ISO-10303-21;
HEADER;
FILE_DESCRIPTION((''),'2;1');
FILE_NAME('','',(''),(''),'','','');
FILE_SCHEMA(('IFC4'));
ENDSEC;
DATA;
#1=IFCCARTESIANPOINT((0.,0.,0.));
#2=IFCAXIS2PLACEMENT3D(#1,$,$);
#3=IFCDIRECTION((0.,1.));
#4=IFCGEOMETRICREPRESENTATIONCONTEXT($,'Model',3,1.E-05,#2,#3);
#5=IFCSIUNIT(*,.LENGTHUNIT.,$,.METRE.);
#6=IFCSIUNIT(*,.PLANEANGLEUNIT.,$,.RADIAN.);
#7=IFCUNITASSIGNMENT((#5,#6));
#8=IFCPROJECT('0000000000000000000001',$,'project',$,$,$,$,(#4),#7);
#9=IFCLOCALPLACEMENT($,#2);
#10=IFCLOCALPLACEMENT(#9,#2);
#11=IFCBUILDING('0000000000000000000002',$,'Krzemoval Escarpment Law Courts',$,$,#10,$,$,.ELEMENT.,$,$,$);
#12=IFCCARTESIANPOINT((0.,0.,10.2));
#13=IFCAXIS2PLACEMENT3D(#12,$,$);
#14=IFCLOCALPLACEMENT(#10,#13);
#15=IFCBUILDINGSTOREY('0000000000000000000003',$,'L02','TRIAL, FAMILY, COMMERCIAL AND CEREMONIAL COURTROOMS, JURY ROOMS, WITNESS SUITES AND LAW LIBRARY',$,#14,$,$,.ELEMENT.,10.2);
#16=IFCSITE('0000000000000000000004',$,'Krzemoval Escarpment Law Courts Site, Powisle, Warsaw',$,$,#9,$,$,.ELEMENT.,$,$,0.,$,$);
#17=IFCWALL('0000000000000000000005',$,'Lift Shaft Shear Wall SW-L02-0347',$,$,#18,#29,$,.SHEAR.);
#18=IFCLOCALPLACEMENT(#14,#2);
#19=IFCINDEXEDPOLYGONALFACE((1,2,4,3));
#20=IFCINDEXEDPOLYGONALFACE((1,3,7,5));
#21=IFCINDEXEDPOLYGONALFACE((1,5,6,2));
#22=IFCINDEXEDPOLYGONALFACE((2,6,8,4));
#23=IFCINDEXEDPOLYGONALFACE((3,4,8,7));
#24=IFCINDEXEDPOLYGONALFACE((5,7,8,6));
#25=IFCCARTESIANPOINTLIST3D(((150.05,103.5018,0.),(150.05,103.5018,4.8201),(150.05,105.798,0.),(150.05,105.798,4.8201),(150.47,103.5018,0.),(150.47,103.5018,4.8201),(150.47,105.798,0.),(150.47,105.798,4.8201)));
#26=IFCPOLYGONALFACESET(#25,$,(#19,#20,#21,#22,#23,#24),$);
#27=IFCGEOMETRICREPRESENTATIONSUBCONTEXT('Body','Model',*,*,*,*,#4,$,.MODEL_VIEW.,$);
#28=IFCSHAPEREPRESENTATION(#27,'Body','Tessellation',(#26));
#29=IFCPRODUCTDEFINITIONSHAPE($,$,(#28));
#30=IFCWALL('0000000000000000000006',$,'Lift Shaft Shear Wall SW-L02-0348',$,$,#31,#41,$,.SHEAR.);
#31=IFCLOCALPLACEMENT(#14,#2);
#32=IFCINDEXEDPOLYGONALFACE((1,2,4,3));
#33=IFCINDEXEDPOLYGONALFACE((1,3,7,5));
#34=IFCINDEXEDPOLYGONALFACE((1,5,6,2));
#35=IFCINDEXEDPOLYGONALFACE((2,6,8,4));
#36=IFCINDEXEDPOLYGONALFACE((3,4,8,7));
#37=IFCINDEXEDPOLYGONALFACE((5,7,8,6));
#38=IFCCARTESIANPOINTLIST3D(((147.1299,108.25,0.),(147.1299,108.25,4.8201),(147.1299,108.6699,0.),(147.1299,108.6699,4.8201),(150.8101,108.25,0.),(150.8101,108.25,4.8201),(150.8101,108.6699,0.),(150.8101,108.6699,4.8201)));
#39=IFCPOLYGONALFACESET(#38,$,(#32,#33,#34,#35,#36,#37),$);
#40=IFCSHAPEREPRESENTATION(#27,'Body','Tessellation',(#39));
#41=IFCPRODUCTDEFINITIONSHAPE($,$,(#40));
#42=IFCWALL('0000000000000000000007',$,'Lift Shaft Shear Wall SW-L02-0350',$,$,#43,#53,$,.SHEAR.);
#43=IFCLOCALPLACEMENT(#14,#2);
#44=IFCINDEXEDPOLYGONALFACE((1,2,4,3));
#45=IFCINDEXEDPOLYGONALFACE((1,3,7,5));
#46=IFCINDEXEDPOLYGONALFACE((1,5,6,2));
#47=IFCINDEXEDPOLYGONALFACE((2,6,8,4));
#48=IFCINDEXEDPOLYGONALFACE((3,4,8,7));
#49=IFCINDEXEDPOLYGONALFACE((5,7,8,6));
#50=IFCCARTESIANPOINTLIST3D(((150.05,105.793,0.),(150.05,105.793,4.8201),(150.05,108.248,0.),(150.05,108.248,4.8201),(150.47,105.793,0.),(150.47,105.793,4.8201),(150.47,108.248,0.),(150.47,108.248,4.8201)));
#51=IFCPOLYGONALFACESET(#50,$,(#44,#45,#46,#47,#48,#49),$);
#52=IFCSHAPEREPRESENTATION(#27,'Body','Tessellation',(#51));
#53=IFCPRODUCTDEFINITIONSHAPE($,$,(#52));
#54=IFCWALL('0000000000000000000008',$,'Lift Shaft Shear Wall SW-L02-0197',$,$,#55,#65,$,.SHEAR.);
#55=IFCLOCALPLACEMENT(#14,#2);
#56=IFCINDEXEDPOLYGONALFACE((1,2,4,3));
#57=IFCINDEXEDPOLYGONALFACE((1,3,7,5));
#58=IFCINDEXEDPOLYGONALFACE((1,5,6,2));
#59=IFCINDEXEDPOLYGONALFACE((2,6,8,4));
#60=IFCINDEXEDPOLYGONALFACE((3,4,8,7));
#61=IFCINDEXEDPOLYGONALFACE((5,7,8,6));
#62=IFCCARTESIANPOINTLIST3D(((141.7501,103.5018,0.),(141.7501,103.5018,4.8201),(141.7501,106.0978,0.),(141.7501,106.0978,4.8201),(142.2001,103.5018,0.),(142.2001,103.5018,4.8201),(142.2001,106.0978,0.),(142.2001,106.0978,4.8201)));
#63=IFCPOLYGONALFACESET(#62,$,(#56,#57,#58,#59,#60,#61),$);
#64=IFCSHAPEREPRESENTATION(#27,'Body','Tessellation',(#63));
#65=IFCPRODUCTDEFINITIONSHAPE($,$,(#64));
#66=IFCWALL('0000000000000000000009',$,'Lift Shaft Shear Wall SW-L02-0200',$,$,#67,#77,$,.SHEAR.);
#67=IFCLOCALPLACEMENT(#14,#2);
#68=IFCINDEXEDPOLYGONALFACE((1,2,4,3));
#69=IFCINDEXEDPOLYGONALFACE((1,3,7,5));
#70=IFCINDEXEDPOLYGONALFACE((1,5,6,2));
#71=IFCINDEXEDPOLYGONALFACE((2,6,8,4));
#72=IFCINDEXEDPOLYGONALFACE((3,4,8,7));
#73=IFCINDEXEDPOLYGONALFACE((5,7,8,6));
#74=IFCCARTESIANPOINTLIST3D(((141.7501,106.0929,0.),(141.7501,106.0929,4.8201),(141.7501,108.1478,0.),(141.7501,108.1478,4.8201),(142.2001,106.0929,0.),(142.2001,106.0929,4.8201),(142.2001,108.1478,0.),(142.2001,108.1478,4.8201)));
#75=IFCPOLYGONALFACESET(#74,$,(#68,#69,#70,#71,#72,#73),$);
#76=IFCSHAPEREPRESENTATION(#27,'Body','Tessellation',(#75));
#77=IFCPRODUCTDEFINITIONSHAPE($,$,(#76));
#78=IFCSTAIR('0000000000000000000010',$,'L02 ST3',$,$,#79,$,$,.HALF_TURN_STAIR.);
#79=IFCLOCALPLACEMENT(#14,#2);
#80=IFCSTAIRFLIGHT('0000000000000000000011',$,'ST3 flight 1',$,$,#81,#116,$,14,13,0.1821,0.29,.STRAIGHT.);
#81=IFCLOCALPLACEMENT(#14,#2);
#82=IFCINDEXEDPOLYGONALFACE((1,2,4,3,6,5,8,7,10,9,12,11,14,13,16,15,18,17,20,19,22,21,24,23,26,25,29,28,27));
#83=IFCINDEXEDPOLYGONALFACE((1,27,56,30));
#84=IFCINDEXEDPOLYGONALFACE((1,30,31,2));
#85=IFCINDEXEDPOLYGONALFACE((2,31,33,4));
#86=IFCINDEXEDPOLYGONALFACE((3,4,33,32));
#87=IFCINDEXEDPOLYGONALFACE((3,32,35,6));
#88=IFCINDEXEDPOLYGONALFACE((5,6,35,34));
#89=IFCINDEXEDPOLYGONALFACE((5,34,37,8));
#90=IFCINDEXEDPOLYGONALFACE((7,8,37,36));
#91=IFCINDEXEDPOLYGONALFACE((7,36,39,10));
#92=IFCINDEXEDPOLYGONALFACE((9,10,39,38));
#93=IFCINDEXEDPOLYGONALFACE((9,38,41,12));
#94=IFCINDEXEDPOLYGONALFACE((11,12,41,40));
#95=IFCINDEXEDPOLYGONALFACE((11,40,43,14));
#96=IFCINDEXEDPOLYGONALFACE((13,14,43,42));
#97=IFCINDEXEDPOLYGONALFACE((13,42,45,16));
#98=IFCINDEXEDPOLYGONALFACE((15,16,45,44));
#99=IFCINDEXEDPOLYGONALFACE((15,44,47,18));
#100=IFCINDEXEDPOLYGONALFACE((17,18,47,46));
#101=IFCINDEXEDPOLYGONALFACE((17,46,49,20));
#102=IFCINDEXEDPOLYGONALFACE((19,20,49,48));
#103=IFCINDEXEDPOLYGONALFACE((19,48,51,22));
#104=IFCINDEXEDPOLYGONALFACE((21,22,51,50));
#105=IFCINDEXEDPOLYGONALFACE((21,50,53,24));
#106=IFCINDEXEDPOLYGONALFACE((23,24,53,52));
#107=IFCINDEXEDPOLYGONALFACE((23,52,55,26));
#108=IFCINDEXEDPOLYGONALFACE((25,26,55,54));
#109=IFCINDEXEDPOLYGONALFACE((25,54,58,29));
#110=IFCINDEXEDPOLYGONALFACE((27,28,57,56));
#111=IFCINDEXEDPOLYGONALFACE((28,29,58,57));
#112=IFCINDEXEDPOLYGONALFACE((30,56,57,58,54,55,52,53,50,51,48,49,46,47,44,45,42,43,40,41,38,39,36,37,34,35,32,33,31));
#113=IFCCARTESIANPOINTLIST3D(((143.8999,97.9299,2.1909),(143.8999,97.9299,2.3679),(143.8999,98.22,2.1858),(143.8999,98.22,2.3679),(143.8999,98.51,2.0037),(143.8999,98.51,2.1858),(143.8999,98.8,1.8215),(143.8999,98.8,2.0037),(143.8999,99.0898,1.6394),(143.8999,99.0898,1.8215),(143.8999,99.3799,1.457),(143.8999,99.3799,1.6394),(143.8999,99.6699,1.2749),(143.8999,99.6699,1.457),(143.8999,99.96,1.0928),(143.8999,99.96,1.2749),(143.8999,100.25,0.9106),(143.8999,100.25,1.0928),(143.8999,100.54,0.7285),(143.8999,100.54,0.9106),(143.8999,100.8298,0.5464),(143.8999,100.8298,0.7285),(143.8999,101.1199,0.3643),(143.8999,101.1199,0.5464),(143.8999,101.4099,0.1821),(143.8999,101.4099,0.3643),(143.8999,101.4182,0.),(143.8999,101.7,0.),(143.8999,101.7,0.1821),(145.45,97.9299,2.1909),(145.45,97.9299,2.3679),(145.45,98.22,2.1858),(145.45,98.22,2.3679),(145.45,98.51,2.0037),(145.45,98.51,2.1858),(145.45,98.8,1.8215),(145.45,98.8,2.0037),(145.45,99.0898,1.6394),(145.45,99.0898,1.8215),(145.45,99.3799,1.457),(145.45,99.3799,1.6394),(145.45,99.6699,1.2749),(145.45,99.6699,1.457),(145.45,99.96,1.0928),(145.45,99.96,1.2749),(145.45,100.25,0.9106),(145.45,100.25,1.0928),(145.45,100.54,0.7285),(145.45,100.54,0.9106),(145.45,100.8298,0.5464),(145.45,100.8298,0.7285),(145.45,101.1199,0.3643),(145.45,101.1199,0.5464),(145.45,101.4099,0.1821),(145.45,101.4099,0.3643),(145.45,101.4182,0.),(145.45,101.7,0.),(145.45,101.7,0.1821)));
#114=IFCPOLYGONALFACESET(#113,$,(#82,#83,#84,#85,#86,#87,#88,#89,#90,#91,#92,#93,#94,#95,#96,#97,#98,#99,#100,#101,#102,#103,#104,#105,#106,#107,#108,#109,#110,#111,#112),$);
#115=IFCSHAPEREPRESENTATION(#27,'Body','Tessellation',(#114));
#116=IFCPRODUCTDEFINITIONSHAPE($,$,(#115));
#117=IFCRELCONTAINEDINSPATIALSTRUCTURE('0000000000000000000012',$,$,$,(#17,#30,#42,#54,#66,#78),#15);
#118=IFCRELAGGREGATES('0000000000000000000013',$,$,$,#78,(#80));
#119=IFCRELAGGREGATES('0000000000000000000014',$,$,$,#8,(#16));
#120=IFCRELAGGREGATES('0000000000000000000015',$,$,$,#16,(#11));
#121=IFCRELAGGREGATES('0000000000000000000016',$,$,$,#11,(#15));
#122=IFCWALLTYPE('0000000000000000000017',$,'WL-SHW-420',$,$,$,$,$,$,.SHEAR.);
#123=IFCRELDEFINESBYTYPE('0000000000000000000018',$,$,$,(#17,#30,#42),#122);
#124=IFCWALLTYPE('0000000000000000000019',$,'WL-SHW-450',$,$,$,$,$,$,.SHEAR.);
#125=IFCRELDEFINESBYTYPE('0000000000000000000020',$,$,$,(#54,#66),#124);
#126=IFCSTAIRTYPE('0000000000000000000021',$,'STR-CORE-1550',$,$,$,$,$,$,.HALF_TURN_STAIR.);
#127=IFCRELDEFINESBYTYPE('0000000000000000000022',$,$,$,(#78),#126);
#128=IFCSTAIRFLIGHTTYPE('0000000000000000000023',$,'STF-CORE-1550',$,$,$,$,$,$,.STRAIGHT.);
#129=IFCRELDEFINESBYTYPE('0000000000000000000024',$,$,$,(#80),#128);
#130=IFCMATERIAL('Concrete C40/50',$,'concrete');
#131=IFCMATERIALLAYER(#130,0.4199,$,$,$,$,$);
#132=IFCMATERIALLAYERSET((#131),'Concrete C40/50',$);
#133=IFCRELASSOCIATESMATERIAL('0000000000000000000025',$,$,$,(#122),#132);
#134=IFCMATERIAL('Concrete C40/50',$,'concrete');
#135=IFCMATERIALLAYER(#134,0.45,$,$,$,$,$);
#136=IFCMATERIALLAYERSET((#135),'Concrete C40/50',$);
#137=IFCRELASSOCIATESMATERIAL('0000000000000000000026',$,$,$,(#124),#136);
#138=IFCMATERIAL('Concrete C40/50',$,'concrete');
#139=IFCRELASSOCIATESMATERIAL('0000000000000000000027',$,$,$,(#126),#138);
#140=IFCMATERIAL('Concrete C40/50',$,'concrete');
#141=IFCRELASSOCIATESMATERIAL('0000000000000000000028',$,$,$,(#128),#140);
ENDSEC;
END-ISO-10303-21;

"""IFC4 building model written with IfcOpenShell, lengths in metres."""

from ifc_helpers import new_model, si_unit, direction, frame, frame_2d, origin, place, context, subcontext, project, spatial, polyline, rectangle, outline, extrude, material, layer, layer_set, type_object, element, aggregate, save


model = new_model("IFC4")

# Units and contexts
model_context = context("Model", 3, precision=1e-05, world=origin(), true_north=direction((0.0, 1.0)))
body_context = subcontext(model_context, "Body", "Model", "MODEL_VIEW")
ifc_project = project(units=[si_unit("LENGTHUNIT", "METRE"), si_unit("PLANEANGLEUNIT", "RADIAN")], contexts=[model_context])

# Site, building, storey
site_placement = place(None, origin())
site = spatial("IfcSite", under=ifc_project, at=site_placement, Name="Krzemoval Escarpment Law Courts Site, Powisle, Warsaw", CompositionType="ELEMENT", RefElevation=0.0)
building_placement = place(site_placement, origin())
building = spatial("IfcBuilding", under=site, at=building_placement, Name="Krzemoval Escarpment Law Courts", CompositionType="ELEMENT")
storey_placement = place(building_placement, frame((0.0, 0.0, 10.2)))
storey = spatial("IfcBuildingStorey", under=building, at=storey_placement, Name="L02", Description="TRIAL, FAMILY, COMMERCIAL AND CEREMONIAL COURTROOMS, JURY ROOMS, WITNESS SUITES AND LAW LIBRARY", CompositionType="ELEMENT", Elevation=10.2)

# Shared definitions
ifc_material_1 = material(Name="Concrete C40/50", Category="concrete")
ifc_layer_1 = layer(ifc_material_1, 0.4199)
ifc_layer_set_1 = layer_set([ifc_layer_1], Name="Concrete C40/50")
wall_type_1 = type_object("IfcWallType", Name="WL-SHW-420", PredefinedType="SHEAR", material=ifc_layer_set_1)

# Walls
wall_1_placement = place(storey_placement, frame((150.26, 103.502, 0.0), z_axis=(0.0, 0.0, 1.0), x_axis=(0.0, 1.0, 0.0)))
element("IfcWall", 1, at=wall_1_placement, inside=storey, type_object=wall_type_1, Name="Lift Shaft Shear Wall SW-L02-0347", PredefinedType="SHEAR", context=body_context, shape_type="SweptSolid", body=[
    extrude(rectangle(XDim=2.2961, YDim=0.4199, at=frame_2d((1.1479, 0.0))), origin(), (0.0, 0.0, 1.0), 4.8201),
])
wall_2_placement = place(storey_placement, frame((147.1299, 108.46, 0.0), z_axis=(0.0, 0.0, 1.0), x_axis=(1.0, 0.0, 0.0)))
element("IfcWall", 2, at=wall_2_placement, inside=storey, type_object=wall_type_1, Name="Lift Shaft Shear Wall SW-L02-0348", PredefinedType="SHEAR", context=body_context, shape_type="SweptSolid", body=[
    extrude(rectangle(XDim=3.6802, YDim=0.4199, at=frame_2d((1.8401, 0.0))), origin(), (0.0, 0.0, 1.0), 4.8201),
])

# Walls
wall_3_placement = place(storey_placement, frame((150.26, 105.793, 0.0), z_axis=(0.0, 0.0, 1.0), x_axis=(0.0, 1.0, 0.0)))
element("IfcWall", 3, at=wall_3_placement, inside=storey, type_object=wall_type_1, Name="Lift Shaft Shear Wall SW-L02-0350", PredefinedType="SHEAR", context=body_context, shape_type="SweptSolid", body=[
    extrude(rectangle(XDim=2.4551, YDim=0.4199, at=frame_2d((1.2275, 0.0))), origin(), (0.0, 0.0, 1.0), 4.8201),
])
ifc_material_2 = material(Name="Concrete C40/50", Category="concrete")
ifc_layer_2 = layer(ifc_material_2, 0.45)
ifc_layer_set_2 = layer_set([ifc_layer_2], Name="Concrete C40/50")
wall_type_2 = type_object("IfcWallType", Name="WL-SHW-450", PredefinedType="SHEAR", material=ifc_layer_set_2)
wall_4_placement = place(storey_placement, frame((141.9751, 103.502, 0.0), z_axis=(0.0, 0.0, 1.0), x_axis=(0.0, 1.0, 0.0)))
element("IfcWall", 4, at=wall_4_placement, inside=storey, type_object=wall_type_2, Name="Lift Shaft Shear Wall SW-L02-0197", PredefinedType="SHEAR", context=body_context, shape_type="SweptSolid", body=[
    extrude(rectangle(XDim=2.5959, YDim=0.45, at=frame_2d((1.2979, 0.0))), origin(), (0.0, 0.0, 1.0), 4.8201),
])
wall_5_placement = place(storey_placement, frame((141.9751, 106.093, 0.0), z_axis=(0.0, 0.0, 1.0), x_axis=(0.0, 1.0, 0.0)))
element("IfcWall", 5, at=wall_5_placement, inside=storey, type_object=wall_type_2, Name="Lift Shaft Shear Wall SW-L02-0200", PredefinedType="SHEAR", context=body_context, shape_type="SweptSolid", body=[
    extrude(rectangle(XDim=2.0549, YDim=0.45, at=frame_2d((1.0273, 0.0))), origin(), (0.0, 0.0, 1.0), 4.8201),
])

# Stair, stair flight
ifc_material_3 = material(Name="Concrete C40/50", Category="concrete")
stair_type = type_object("IfcStairType", Name="STR-CORE-1550", PredefinedType="HALF_TURN_STAIR", material=ifc_material_3)
stair_placement = place(storey_placement, origin())
stair = element("IfcStair", 6, at=stair_placement, inside=storey, type_object=stair_type, Name="L02 ST3", PredefinedType="HALF_TURN_STAIR")
ifc_material_4 = material(Name="Concrete C40/50", Category="concrete")
stair_flight_type = type_object("IfcStairFlightType", Name="STF-CORE-1550", PredefinedType="STRAIGHT", material=ifc_material_4)
stair_flight_placement = place(storey_placement, frame((144.675, 101.7, 0.0), z_axis=(0.0, 0.0, 1.0), x_axis=(0.0, -1.0, 0.0)))
stair_flight = element("IfcStairFlight", 7, at=stair_flight_placement, type_object=stair_flight_type, Name="ST3 flight 1", NumberOfRisers=14, NumberOfTreads=13, PredefinedType="STRAIGHT", RiserHeight=0.1821, TreadLength=0.29, context=body_context, shape_type="SweptSolid", body=[
    extrude(outline(polyline([(0.0, 0.0), (0.0, 0.1821), (0.29, 0.1821), (0.29, 0.3643), (0.5801, 0.3643), (0.5801, 0.5464), (0.8701, 0.5464), (0.8701, 0.7285), (1.1599, 0.7285), (1.1599, 0.9106), (1.45, 0.9106), (1.45, 1.0928), (1.74, 1.0928), (1.74, 1.2749), (2.03, 1.2749), (2.03, 1.457), (2.3201, 1.457), (2.3201, 1.6394), (2.6101, 1.6394), (2.6101, 1.8215), (2.8999, 1.8215), (2.8999, 2.0037), (3.1899, 2.0037), (3.1899, 2.1858), (3.48, 2.1858), (3.48, 2.3679), (3.77, 2.3679), (3.77, 2.55), (3.77, 2.1909), (0.2817, 0.0), (0.0, 0.0)])), frame((0.0, 0.7749, 0.0), z_axis=(0.0, -1.0, 0.0), x_axis=(1.0, 0.0, 0.0)), (0.0, 0.0, 1.0), 1.55),
])
aggregate(stair, [stair_flight])

save(model, "model.ifc")
